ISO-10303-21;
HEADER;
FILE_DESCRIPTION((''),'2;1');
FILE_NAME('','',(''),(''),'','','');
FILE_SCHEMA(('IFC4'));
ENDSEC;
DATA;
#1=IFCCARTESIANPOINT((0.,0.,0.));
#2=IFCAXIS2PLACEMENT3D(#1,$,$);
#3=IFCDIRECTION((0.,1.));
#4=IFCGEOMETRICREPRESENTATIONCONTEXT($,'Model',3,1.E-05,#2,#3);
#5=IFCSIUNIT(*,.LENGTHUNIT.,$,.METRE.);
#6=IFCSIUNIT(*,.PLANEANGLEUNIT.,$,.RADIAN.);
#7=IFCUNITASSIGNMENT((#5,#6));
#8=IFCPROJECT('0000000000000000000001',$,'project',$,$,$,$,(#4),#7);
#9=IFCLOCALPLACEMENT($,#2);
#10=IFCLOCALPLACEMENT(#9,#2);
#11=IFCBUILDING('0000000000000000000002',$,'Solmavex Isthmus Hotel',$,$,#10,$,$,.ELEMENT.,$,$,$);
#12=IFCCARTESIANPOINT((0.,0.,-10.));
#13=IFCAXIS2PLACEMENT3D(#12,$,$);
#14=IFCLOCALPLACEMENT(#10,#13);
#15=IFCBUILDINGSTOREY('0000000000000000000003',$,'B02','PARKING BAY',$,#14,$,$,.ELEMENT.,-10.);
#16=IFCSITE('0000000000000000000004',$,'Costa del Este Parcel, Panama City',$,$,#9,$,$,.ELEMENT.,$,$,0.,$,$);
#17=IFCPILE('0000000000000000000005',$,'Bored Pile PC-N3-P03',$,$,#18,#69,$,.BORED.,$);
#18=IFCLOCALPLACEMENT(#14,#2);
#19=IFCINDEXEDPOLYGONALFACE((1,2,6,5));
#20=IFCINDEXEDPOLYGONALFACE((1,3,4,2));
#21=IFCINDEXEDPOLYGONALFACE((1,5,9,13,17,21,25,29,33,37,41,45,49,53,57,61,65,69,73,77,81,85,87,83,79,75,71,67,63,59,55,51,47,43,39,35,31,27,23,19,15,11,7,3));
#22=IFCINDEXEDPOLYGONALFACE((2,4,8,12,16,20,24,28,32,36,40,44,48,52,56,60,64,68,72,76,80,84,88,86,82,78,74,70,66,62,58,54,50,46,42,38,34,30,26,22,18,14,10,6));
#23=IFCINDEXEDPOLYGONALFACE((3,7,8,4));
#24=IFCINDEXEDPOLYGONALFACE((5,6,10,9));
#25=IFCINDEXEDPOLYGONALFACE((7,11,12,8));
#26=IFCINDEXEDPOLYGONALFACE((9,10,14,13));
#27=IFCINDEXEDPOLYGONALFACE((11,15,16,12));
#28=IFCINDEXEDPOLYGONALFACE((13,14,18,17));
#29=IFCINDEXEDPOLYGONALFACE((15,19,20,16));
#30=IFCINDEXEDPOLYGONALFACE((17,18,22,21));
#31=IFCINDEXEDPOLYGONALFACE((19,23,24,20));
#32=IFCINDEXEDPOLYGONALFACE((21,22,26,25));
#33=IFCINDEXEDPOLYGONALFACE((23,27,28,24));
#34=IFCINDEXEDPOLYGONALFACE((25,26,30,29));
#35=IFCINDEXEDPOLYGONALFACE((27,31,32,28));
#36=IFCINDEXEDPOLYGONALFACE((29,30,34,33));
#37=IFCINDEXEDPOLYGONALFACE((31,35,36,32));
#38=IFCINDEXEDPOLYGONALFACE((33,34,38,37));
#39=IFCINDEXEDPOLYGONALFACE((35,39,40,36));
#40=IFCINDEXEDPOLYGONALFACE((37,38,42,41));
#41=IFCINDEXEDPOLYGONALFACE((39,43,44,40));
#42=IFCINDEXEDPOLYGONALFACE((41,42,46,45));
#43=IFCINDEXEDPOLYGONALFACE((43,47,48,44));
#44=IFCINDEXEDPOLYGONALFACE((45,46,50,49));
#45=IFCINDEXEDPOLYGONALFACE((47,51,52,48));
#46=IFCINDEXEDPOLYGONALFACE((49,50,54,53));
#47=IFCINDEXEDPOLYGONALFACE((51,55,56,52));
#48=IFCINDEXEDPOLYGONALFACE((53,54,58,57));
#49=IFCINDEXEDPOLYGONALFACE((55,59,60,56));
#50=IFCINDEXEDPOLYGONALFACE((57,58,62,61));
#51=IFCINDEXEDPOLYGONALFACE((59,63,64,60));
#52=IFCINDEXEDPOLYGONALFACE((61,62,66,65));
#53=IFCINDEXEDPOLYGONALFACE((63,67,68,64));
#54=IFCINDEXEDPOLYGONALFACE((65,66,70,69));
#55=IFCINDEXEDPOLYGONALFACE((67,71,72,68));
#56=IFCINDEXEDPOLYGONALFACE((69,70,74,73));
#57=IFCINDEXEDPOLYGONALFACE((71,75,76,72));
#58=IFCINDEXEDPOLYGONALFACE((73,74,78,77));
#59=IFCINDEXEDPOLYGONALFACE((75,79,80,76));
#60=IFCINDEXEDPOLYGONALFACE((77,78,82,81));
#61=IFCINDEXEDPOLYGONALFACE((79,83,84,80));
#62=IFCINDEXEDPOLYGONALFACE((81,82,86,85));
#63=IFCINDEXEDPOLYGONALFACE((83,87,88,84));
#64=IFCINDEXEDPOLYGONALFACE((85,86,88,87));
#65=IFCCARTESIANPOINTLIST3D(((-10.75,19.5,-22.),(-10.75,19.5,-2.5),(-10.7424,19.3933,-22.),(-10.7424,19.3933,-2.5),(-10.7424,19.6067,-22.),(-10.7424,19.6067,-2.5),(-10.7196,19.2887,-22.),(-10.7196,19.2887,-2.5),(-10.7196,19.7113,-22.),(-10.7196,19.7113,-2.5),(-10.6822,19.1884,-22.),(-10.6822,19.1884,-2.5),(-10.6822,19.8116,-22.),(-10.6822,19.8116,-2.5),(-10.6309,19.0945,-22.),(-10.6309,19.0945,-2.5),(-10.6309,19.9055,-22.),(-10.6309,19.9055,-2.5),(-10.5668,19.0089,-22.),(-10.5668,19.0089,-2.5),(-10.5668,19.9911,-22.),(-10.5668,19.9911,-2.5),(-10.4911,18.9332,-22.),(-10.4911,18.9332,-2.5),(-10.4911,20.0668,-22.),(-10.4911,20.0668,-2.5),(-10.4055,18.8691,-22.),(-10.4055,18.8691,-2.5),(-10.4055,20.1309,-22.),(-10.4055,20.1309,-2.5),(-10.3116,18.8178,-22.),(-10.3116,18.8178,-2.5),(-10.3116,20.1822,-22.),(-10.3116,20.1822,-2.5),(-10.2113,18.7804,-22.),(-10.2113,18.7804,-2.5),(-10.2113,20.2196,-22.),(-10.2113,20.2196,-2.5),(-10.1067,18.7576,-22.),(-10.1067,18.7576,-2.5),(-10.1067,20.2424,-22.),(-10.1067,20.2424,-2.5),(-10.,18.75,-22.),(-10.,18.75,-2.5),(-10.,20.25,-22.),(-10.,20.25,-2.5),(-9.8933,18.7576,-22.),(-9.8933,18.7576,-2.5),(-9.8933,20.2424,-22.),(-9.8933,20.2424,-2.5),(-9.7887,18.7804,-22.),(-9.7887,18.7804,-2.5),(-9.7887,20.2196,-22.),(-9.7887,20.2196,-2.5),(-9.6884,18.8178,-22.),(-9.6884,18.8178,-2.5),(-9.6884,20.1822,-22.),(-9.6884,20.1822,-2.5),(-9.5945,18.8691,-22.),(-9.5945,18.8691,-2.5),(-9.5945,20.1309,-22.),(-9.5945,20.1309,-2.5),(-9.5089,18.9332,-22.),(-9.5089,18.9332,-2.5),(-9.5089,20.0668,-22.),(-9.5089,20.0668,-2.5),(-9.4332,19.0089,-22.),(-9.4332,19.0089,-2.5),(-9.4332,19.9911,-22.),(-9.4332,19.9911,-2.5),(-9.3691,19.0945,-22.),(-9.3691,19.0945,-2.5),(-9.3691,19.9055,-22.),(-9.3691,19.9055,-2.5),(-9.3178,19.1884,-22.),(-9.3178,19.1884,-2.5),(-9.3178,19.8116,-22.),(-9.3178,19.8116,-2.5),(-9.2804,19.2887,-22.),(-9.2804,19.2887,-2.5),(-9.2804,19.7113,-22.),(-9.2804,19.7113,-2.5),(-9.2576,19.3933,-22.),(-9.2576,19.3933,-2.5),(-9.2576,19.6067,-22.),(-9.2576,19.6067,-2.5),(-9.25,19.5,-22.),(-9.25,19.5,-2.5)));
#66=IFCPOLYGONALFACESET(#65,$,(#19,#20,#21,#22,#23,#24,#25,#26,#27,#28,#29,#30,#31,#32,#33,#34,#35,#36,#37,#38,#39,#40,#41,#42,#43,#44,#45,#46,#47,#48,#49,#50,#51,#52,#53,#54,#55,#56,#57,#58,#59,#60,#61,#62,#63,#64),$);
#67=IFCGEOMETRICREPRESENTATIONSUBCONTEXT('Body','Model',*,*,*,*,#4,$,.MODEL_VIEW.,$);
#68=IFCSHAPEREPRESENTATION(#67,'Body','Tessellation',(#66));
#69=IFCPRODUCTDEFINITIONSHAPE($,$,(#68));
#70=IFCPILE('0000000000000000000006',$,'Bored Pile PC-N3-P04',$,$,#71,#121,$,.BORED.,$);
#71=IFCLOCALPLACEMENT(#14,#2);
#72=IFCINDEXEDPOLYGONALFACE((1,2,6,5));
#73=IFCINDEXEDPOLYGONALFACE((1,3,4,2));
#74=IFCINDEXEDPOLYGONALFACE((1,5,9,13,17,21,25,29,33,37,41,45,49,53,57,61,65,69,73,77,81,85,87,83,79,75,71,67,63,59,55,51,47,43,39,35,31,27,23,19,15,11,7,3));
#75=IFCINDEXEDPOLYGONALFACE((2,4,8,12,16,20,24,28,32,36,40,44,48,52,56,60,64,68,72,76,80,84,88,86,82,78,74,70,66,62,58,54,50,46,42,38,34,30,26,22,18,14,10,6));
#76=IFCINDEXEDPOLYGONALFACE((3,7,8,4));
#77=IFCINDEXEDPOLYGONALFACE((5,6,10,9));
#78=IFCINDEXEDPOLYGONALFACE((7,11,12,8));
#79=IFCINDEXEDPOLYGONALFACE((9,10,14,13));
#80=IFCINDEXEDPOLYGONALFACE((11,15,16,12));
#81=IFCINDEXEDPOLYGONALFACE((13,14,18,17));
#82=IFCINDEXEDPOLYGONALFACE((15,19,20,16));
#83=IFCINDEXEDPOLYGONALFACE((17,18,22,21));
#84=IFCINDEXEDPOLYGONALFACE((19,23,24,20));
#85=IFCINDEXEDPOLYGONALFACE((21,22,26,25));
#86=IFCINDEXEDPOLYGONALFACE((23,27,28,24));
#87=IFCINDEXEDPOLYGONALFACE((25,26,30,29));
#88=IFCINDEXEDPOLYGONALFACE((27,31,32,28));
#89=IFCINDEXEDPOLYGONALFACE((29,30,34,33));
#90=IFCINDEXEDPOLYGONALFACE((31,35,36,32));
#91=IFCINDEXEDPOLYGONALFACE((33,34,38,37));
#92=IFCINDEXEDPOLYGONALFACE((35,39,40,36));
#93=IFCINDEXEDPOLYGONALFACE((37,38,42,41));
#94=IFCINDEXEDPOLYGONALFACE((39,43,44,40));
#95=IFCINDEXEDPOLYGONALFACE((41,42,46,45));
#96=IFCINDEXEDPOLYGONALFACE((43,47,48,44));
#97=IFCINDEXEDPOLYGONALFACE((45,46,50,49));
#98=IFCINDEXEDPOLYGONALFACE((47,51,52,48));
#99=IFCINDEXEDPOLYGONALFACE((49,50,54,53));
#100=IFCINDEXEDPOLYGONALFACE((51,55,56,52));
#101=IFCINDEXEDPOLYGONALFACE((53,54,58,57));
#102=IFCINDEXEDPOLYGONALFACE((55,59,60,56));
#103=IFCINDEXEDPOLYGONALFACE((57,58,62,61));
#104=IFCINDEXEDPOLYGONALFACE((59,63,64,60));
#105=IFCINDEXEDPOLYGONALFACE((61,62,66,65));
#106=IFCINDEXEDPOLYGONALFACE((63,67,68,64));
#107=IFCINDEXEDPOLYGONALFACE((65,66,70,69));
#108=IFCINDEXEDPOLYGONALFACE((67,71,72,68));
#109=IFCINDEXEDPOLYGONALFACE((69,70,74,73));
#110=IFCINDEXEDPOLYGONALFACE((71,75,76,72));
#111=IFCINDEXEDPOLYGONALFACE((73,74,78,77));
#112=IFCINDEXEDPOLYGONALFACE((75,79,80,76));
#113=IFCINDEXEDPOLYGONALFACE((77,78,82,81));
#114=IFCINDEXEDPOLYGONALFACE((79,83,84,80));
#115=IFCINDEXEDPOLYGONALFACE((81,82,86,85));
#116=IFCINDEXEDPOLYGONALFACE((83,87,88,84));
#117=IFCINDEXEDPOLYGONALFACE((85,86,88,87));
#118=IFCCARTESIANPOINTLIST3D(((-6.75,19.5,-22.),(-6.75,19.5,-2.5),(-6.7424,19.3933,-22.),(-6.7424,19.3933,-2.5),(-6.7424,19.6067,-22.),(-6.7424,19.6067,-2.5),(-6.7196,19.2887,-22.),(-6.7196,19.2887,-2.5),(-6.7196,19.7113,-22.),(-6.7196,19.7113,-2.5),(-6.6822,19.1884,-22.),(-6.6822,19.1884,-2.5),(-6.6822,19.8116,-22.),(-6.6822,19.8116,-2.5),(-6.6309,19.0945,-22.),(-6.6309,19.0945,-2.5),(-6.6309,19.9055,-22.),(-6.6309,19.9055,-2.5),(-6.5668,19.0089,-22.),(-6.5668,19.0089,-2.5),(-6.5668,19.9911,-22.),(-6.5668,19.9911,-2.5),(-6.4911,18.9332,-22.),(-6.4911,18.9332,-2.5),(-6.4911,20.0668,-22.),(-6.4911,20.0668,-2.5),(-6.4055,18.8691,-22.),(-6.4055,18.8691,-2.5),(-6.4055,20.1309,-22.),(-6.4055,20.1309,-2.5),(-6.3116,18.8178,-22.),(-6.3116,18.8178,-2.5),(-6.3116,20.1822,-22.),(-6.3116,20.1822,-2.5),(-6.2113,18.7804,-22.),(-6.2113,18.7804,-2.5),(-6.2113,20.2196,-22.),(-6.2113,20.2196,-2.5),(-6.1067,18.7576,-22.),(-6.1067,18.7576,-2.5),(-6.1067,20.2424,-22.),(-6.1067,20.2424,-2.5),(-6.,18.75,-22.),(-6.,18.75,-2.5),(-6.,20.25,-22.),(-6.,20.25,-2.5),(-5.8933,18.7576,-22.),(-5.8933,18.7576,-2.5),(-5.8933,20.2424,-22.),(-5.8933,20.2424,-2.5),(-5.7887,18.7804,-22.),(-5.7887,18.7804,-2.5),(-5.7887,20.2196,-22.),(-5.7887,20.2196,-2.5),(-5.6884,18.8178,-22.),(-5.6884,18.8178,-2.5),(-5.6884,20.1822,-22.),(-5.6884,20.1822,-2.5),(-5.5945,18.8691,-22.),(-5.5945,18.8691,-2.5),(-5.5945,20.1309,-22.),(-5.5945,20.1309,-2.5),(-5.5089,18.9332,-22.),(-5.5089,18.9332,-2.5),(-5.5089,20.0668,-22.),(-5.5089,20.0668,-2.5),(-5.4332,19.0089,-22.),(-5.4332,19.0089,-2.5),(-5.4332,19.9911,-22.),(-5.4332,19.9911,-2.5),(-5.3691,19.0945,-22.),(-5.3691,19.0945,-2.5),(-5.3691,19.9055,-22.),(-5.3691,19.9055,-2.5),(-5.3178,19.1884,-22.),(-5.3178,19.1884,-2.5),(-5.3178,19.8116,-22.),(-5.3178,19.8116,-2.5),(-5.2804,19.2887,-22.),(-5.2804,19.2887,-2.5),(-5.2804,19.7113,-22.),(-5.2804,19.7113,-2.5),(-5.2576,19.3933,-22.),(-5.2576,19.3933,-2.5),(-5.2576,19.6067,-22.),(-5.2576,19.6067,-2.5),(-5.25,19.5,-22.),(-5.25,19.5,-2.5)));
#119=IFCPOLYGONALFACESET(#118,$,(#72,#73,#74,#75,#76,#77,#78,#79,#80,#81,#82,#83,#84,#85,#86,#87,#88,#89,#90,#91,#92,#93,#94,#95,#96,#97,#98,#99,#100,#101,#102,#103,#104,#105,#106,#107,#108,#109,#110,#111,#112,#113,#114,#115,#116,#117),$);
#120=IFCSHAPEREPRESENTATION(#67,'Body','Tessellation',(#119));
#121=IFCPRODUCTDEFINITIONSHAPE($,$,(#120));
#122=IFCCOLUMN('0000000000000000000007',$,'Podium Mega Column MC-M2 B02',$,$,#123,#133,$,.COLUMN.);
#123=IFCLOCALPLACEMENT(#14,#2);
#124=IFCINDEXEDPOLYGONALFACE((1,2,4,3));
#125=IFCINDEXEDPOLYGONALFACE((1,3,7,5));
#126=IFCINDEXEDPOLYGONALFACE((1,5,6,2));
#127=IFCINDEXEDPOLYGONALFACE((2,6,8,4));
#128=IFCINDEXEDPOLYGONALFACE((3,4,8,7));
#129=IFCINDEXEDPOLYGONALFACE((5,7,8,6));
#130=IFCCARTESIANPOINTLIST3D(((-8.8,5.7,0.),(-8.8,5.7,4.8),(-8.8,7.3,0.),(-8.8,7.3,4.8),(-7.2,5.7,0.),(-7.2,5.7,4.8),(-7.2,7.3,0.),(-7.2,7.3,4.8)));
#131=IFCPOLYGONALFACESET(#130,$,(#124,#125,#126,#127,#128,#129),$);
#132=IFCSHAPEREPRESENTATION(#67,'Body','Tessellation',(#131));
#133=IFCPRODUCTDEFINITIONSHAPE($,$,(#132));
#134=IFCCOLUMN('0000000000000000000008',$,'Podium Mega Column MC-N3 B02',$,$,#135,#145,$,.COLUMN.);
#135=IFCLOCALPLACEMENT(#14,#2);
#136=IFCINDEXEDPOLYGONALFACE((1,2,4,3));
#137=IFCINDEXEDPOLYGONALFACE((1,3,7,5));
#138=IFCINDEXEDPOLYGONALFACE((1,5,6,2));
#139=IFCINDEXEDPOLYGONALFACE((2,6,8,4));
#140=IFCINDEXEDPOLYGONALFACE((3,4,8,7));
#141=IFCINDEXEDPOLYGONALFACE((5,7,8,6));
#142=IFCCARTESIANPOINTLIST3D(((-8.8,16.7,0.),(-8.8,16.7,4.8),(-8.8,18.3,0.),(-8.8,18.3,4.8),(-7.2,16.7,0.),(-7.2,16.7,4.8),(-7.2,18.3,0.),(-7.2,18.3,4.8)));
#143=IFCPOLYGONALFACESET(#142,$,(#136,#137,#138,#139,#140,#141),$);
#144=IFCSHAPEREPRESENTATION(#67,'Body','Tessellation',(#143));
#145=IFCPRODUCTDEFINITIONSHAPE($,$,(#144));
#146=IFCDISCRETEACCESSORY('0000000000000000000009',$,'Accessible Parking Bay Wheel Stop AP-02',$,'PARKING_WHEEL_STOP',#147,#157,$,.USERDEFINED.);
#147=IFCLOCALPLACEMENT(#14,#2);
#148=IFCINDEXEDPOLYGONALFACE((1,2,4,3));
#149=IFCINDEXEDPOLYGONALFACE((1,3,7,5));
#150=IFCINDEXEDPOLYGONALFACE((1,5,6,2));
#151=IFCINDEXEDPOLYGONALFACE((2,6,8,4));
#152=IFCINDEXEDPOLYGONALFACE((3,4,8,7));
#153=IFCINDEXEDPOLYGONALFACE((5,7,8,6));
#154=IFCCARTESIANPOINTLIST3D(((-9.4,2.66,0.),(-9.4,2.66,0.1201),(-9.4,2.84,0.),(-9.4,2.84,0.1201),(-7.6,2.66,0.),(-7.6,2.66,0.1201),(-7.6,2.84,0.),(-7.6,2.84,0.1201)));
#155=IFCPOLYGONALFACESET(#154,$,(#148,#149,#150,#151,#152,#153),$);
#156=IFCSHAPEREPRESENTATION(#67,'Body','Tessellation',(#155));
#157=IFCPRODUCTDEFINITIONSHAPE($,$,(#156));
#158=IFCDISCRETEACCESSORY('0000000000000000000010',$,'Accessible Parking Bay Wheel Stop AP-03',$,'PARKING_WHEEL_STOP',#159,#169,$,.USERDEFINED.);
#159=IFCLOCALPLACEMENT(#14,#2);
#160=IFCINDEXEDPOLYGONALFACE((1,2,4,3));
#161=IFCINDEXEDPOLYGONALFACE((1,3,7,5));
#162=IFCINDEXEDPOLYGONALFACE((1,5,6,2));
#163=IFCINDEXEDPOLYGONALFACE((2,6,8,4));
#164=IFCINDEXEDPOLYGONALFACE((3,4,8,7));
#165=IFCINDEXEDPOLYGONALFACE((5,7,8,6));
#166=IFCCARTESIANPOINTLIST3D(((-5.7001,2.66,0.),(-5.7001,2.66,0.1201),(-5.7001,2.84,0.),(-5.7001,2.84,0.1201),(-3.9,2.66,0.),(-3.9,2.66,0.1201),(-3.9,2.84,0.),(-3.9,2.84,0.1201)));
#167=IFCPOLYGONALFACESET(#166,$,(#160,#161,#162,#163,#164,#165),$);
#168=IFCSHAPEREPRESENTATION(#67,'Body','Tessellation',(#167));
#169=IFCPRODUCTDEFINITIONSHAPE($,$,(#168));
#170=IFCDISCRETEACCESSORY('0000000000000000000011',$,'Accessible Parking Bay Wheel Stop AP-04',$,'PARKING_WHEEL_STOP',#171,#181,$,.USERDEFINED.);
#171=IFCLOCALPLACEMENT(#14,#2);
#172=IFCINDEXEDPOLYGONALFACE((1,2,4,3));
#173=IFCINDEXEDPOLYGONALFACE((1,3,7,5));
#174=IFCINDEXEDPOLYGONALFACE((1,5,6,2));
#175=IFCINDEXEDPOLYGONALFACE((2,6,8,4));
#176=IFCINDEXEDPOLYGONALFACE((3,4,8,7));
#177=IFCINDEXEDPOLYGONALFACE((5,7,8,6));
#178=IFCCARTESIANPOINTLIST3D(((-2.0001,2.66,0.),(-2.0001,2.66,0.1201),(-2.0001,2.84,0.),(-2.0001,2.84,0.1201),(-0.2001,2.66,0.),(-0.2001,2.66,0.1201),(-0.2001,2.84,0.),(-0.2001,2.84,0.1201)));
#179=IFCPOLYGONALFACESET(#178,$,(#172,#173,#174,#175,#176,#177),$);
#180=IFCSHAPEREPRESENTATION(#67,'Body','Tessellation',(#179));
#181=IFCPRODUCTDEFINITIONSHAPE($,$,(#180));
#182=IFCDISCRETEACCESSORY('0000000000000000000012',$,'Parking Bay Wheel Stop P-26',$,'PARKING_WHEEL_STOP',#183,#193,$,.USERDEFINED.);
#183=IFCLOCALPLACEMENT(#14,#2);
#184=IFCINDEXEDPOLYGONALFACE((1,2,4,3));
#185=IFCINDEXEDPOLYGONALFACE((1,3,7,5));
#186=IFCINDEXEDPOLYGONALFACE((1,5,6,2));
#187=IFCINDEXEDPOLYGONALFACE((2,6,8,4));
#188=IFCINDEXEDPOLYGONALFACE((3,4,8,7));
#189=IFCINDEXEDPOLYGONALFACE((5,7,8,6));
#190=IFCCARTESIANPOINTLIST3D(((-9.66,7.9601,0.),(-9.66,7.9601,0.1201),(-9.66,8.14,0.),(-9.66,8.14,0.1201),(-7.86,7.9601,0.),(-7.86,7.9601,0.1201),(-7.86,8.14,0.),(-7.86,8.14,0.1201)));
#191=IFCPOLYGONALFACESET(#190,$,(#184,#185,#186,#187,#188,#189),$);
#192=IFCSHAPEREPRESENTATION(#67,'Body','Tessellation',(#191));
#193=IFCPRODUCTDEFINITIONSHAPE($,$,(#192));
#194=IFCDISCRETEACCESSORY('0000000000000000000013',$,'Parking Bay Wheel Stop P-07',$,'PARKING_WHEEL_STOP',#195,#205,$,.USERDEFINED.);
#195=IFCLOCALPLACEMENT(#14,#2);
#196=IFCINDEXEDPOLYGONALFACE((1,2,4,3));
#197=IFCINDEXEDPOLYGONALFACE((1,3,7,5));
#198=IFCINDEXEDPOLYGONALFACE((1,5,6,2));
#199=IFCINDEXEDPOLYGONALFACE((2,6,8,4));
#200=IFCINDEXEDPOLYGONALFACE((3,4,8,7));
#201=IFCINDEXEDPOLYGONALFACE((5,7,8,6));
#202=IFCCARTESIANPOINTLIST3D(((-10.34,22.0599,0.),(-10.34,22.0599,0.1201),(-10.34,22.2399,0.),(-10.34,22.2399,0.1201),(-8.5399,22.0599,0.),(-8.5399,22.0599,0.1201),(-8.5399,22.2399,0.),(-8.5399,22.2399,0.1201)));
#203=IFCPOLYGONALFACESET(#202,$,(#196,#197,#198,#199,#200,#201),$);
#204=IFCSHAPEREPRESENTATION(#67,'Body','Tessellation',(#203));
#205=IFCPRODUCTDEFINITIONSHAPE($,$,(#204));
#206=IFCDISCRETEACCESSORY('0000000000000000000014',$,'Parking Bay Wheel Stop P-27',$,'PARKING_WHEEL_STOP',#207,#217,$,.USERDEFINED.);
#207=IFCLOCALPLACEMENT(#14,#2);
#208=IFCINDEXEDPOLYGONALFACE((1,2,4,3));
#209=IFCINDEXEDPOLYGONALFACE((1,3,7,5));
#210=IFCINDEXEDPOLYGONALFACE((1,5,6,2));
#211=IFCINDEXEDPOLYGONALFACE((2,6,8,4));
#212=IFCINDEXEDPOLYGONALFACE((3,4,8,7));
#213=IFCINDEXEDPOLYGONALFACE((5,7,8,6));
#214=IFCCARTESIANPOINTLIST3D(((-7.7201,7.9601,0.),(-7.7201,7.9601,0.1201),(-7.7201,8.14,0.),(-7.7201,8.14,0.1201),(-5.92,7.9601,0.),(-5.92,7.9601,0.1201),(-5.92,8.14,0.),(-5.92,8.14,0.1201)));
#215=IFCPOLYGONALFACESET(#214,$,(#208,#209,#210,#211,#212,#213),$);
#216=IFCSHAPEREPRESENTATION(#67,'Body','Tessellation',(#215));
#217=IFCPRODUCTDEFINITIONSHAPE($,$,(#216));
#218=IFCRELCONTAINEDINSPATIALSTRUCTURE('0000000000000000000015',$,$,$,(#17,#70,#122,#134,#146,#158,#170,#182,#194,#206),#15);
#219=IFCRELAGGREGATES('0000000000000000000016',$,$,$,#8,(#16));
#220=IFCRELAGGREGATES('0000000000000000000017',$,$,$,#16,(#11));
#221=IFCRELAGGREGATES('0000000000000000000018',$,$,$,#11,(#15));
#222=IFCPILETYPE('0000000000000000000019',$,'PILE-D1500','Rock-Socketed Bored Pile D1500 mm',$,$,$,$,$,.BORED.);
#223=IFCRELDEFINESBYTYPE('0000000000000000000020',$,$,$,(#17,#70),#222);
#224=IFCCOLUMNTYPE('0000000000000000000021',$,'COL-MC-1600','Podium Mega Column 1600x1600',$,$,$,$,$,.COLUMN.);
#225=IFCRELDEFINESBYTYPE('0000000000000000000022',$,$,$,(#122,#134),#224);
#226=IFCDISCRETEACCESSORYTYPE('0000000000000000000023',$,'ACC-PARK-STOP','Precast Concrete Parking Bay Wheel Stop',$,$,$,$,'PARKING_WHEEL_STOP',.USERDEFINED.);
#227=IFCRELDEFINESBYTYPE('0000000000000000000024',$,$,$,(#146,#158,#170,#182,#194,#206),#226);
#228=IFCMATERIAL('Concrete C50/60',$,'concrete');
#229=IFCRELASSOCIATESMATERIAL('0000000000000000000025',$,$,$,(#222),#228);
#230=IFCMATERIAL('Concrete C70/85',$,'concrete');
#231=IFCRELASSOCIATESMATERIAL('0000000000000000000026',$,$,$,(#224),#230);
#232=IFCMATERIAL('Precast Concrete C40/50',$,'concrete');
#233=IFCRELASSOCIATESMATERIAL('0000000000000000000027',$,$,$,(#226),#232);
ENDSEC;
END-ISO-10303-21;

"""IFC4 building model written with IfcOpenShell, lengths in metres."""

from ifc_helpers import new_model, si_unit, direction, frame, origin, origin_2d, place, context, subcontext, project, spatial, rectangle, circle, extrude, material, material_profile, profile_set, type_object, element, save


model = new_model("IFC4")

# Units and contexts
model_context = context("Model", 3, precision=1e-05, world=origin(), true_north=direction((0.0, 1.0)))
body_context = subcontext(model_context, "Body", "Model", "MODEL_VIEW")
ifc_project = project(units=[si_unit("LENGTHUNIT", "METRE"), si_unit("PLANEANGLEUNIT", "RADIAN")], contexts=[model_context])

# Site, building, storey
site_placement = place(None, origin())
site = spatial("IfcSite", under=ifc_project, at=site_placement, Name="Costa del Este Parcel, Panama City", CompositionType="ELEMENT", RefElevation=0.0)
building_placement = place(site_placement, origin())
building = spatial("IfcBuilding", under=site, at=building_placement, Name="Solmavex Isthmus Hotel", CompositionType="ELEMENT")
storey_placement = place(building_placement, frame((0.0, 0.0, -10.0)))
storey = spatial("IfcBuildingStorey", under=building, at=storey_placement, Name="B02", Description="PARKING BAY", CompositionType="ELEMENT", Elevation=-10.0)

# Shared definitions
ifc_material_1 = material(Name="Concrete C50/60", Category="concrete")

# Piles
ifc_material_profile_1 = material_profile(ifc_material_1, circle(Radius=0.75, at=origin_2d()), Name="PILE1500")
ifc_profile_set_1 = profile_set([ifc_material_profile_1], Name="Concrete C50/60")
pile_type = type_object("IfcPileType", Name="PILE-D1500", Description="Rock-Socketed Bored Pile D1500 mm", PredefinedType="BORED", material=ifc_profile_set_1)
for number, where, z_axis, x_axis, name in (
    (1, (-10.0, 19.5, -2.5), (0.0, 0.0, -1.0), (1.0, 0.0, 0.0), "Bored Pile PC-N3-P03"),
    (2, (-6.0, 19.5, -2.5), (0.0, 0.0, -1.0), (1.0, 0.0, 0.0), "Bored Pile PC-N3-P04"),
):
    element("IfcPile", number, at=place(storey_placement, frame(where, z_axis=z_axis, x_axis=x_axis)), inside=storey, type_object=pile_type, Name=name, PredefinedType="BORED", context=body_context, shape_type="SweptSolid", body=[
        extrude(circle(Radius=0.75, at=origin_2d()), origin(), (0.0, 0.0, 1.0), 19.5),
    ])

# Columns
ifc_material_2 = material(Name="Concrete C70/85", Category="concrete")
ifc_material_profile_2 = material_profile(ifc_material_2, rectangle(XDim=1.6001, YDim=1.6001, at=origin_2d()), Name="RC1600X1600")
ifc_profile_set_2 = profile_set([ifc_material_profile_2], Name="Concrete C70/85")
column_type = type_object("IfcColumnType", Name="COL-MC-1600", Description="Podium Mega Column 1600x1600", PredefinedType="COLUMN", material=ifc_profile_set_2)
for number, where, z_axis, x_axis, name in (
    (3, (-8.0, 6.5, 0.0), (0.0, 0.0, 1.0), (1.0, 0.0, 0.0), "Podium Mega Column MC-M2 B02"),
    (4, (-8.0, 17.5, 0.0), (0.0, 0.0, 1.0), (1.0, 0.0, 0.0), "Podium Mega Column MC-N3 B02"),
):
    element("IfcColumn", number, at=place(storey_placement, frame(where, z_axis=z_axis, x_axis=x_axis)), inside=storey, type_object=column_type, Name=name, PredefinedType="COLUMN", context=body_context, shape_type="SweptSolid", body=[
        extrude(rectangle(XDim=1.6001, YDim=1.6001, at=origin_2d()), origin(), (0.0, 0.0, 1.0), 4.8),
    ])

# Discrete accessories
ifc_material_3 = material(Name="Precast Concrete C40/50", Category="concrete")
discrete_accessory_type = type_object("IfcDiscreteAccessoryType", Name="ACC-PARK-STOP", Description="Precast Concrete Parking Bay Wheel Stop", ElementType="PARKING_WHEEL_STOP", PredefinedType="USERDEFINED", material=ifc_material_3)
for number, where, z_axis, x_axis, name in (
    (5, (-8.5, 2.75, 0.0), (0.0, 0.0, 1.0), (1.0, 0.0, 0.0), "Accessible Parking Bay Wheel Stop AP-02"),
    (6, (-4.8, 2.75, 0.0), (0.0, 0.0, 1.0), (1.0, 0.0, 0.0), "Accessible Parking Bay Wheel Stop AP-03"),
    (7, (-1.1001, 2.75, 0.0), (0.0, 0.0, 1.0), (1.0, 0.0, 0.0), "Accessible Parking Bay Wheel Stop AP-04"),
    (8, (-8.76, 8.05, 0.0), (0.0, 0.0, 1.0), (1.0, 0.0, 0.0), "Parking Bay Wheel Stop P-26"),
    (9, (-9.4399, 22.1499, 0.0), (0.0, 0.0, 1.0), (1.0, 0.0, 0.0), "Parking Bay Wheel Stop P-07"),
    (10, (-6.8201, 8.05, 0.0), (0.0, 0.0, 1.0), (1.0, 0.0, 0.0), "Parking Bay Wheel Stop P-27"),
):
    element("IfcDiscreteAccessory", number, at=place(storey_placement, frame(where, z_axis=z_axis, x_axis=x_axis)), inside=storey, type_object=discrete_accessory_type, Name=name, ObjectType="PARKING_WHEEL_STOP", PredefinedType="USERDEFINED", context=body_context, shape_type="SweptSolid", body=[
        extrude(rectangle(XDim=1.8, YDim=0.1799, at=origin_2d()), origin(), (0.0, 0.0, 1.0), 0.1201),
    ])

save(model, "model.ifc")
